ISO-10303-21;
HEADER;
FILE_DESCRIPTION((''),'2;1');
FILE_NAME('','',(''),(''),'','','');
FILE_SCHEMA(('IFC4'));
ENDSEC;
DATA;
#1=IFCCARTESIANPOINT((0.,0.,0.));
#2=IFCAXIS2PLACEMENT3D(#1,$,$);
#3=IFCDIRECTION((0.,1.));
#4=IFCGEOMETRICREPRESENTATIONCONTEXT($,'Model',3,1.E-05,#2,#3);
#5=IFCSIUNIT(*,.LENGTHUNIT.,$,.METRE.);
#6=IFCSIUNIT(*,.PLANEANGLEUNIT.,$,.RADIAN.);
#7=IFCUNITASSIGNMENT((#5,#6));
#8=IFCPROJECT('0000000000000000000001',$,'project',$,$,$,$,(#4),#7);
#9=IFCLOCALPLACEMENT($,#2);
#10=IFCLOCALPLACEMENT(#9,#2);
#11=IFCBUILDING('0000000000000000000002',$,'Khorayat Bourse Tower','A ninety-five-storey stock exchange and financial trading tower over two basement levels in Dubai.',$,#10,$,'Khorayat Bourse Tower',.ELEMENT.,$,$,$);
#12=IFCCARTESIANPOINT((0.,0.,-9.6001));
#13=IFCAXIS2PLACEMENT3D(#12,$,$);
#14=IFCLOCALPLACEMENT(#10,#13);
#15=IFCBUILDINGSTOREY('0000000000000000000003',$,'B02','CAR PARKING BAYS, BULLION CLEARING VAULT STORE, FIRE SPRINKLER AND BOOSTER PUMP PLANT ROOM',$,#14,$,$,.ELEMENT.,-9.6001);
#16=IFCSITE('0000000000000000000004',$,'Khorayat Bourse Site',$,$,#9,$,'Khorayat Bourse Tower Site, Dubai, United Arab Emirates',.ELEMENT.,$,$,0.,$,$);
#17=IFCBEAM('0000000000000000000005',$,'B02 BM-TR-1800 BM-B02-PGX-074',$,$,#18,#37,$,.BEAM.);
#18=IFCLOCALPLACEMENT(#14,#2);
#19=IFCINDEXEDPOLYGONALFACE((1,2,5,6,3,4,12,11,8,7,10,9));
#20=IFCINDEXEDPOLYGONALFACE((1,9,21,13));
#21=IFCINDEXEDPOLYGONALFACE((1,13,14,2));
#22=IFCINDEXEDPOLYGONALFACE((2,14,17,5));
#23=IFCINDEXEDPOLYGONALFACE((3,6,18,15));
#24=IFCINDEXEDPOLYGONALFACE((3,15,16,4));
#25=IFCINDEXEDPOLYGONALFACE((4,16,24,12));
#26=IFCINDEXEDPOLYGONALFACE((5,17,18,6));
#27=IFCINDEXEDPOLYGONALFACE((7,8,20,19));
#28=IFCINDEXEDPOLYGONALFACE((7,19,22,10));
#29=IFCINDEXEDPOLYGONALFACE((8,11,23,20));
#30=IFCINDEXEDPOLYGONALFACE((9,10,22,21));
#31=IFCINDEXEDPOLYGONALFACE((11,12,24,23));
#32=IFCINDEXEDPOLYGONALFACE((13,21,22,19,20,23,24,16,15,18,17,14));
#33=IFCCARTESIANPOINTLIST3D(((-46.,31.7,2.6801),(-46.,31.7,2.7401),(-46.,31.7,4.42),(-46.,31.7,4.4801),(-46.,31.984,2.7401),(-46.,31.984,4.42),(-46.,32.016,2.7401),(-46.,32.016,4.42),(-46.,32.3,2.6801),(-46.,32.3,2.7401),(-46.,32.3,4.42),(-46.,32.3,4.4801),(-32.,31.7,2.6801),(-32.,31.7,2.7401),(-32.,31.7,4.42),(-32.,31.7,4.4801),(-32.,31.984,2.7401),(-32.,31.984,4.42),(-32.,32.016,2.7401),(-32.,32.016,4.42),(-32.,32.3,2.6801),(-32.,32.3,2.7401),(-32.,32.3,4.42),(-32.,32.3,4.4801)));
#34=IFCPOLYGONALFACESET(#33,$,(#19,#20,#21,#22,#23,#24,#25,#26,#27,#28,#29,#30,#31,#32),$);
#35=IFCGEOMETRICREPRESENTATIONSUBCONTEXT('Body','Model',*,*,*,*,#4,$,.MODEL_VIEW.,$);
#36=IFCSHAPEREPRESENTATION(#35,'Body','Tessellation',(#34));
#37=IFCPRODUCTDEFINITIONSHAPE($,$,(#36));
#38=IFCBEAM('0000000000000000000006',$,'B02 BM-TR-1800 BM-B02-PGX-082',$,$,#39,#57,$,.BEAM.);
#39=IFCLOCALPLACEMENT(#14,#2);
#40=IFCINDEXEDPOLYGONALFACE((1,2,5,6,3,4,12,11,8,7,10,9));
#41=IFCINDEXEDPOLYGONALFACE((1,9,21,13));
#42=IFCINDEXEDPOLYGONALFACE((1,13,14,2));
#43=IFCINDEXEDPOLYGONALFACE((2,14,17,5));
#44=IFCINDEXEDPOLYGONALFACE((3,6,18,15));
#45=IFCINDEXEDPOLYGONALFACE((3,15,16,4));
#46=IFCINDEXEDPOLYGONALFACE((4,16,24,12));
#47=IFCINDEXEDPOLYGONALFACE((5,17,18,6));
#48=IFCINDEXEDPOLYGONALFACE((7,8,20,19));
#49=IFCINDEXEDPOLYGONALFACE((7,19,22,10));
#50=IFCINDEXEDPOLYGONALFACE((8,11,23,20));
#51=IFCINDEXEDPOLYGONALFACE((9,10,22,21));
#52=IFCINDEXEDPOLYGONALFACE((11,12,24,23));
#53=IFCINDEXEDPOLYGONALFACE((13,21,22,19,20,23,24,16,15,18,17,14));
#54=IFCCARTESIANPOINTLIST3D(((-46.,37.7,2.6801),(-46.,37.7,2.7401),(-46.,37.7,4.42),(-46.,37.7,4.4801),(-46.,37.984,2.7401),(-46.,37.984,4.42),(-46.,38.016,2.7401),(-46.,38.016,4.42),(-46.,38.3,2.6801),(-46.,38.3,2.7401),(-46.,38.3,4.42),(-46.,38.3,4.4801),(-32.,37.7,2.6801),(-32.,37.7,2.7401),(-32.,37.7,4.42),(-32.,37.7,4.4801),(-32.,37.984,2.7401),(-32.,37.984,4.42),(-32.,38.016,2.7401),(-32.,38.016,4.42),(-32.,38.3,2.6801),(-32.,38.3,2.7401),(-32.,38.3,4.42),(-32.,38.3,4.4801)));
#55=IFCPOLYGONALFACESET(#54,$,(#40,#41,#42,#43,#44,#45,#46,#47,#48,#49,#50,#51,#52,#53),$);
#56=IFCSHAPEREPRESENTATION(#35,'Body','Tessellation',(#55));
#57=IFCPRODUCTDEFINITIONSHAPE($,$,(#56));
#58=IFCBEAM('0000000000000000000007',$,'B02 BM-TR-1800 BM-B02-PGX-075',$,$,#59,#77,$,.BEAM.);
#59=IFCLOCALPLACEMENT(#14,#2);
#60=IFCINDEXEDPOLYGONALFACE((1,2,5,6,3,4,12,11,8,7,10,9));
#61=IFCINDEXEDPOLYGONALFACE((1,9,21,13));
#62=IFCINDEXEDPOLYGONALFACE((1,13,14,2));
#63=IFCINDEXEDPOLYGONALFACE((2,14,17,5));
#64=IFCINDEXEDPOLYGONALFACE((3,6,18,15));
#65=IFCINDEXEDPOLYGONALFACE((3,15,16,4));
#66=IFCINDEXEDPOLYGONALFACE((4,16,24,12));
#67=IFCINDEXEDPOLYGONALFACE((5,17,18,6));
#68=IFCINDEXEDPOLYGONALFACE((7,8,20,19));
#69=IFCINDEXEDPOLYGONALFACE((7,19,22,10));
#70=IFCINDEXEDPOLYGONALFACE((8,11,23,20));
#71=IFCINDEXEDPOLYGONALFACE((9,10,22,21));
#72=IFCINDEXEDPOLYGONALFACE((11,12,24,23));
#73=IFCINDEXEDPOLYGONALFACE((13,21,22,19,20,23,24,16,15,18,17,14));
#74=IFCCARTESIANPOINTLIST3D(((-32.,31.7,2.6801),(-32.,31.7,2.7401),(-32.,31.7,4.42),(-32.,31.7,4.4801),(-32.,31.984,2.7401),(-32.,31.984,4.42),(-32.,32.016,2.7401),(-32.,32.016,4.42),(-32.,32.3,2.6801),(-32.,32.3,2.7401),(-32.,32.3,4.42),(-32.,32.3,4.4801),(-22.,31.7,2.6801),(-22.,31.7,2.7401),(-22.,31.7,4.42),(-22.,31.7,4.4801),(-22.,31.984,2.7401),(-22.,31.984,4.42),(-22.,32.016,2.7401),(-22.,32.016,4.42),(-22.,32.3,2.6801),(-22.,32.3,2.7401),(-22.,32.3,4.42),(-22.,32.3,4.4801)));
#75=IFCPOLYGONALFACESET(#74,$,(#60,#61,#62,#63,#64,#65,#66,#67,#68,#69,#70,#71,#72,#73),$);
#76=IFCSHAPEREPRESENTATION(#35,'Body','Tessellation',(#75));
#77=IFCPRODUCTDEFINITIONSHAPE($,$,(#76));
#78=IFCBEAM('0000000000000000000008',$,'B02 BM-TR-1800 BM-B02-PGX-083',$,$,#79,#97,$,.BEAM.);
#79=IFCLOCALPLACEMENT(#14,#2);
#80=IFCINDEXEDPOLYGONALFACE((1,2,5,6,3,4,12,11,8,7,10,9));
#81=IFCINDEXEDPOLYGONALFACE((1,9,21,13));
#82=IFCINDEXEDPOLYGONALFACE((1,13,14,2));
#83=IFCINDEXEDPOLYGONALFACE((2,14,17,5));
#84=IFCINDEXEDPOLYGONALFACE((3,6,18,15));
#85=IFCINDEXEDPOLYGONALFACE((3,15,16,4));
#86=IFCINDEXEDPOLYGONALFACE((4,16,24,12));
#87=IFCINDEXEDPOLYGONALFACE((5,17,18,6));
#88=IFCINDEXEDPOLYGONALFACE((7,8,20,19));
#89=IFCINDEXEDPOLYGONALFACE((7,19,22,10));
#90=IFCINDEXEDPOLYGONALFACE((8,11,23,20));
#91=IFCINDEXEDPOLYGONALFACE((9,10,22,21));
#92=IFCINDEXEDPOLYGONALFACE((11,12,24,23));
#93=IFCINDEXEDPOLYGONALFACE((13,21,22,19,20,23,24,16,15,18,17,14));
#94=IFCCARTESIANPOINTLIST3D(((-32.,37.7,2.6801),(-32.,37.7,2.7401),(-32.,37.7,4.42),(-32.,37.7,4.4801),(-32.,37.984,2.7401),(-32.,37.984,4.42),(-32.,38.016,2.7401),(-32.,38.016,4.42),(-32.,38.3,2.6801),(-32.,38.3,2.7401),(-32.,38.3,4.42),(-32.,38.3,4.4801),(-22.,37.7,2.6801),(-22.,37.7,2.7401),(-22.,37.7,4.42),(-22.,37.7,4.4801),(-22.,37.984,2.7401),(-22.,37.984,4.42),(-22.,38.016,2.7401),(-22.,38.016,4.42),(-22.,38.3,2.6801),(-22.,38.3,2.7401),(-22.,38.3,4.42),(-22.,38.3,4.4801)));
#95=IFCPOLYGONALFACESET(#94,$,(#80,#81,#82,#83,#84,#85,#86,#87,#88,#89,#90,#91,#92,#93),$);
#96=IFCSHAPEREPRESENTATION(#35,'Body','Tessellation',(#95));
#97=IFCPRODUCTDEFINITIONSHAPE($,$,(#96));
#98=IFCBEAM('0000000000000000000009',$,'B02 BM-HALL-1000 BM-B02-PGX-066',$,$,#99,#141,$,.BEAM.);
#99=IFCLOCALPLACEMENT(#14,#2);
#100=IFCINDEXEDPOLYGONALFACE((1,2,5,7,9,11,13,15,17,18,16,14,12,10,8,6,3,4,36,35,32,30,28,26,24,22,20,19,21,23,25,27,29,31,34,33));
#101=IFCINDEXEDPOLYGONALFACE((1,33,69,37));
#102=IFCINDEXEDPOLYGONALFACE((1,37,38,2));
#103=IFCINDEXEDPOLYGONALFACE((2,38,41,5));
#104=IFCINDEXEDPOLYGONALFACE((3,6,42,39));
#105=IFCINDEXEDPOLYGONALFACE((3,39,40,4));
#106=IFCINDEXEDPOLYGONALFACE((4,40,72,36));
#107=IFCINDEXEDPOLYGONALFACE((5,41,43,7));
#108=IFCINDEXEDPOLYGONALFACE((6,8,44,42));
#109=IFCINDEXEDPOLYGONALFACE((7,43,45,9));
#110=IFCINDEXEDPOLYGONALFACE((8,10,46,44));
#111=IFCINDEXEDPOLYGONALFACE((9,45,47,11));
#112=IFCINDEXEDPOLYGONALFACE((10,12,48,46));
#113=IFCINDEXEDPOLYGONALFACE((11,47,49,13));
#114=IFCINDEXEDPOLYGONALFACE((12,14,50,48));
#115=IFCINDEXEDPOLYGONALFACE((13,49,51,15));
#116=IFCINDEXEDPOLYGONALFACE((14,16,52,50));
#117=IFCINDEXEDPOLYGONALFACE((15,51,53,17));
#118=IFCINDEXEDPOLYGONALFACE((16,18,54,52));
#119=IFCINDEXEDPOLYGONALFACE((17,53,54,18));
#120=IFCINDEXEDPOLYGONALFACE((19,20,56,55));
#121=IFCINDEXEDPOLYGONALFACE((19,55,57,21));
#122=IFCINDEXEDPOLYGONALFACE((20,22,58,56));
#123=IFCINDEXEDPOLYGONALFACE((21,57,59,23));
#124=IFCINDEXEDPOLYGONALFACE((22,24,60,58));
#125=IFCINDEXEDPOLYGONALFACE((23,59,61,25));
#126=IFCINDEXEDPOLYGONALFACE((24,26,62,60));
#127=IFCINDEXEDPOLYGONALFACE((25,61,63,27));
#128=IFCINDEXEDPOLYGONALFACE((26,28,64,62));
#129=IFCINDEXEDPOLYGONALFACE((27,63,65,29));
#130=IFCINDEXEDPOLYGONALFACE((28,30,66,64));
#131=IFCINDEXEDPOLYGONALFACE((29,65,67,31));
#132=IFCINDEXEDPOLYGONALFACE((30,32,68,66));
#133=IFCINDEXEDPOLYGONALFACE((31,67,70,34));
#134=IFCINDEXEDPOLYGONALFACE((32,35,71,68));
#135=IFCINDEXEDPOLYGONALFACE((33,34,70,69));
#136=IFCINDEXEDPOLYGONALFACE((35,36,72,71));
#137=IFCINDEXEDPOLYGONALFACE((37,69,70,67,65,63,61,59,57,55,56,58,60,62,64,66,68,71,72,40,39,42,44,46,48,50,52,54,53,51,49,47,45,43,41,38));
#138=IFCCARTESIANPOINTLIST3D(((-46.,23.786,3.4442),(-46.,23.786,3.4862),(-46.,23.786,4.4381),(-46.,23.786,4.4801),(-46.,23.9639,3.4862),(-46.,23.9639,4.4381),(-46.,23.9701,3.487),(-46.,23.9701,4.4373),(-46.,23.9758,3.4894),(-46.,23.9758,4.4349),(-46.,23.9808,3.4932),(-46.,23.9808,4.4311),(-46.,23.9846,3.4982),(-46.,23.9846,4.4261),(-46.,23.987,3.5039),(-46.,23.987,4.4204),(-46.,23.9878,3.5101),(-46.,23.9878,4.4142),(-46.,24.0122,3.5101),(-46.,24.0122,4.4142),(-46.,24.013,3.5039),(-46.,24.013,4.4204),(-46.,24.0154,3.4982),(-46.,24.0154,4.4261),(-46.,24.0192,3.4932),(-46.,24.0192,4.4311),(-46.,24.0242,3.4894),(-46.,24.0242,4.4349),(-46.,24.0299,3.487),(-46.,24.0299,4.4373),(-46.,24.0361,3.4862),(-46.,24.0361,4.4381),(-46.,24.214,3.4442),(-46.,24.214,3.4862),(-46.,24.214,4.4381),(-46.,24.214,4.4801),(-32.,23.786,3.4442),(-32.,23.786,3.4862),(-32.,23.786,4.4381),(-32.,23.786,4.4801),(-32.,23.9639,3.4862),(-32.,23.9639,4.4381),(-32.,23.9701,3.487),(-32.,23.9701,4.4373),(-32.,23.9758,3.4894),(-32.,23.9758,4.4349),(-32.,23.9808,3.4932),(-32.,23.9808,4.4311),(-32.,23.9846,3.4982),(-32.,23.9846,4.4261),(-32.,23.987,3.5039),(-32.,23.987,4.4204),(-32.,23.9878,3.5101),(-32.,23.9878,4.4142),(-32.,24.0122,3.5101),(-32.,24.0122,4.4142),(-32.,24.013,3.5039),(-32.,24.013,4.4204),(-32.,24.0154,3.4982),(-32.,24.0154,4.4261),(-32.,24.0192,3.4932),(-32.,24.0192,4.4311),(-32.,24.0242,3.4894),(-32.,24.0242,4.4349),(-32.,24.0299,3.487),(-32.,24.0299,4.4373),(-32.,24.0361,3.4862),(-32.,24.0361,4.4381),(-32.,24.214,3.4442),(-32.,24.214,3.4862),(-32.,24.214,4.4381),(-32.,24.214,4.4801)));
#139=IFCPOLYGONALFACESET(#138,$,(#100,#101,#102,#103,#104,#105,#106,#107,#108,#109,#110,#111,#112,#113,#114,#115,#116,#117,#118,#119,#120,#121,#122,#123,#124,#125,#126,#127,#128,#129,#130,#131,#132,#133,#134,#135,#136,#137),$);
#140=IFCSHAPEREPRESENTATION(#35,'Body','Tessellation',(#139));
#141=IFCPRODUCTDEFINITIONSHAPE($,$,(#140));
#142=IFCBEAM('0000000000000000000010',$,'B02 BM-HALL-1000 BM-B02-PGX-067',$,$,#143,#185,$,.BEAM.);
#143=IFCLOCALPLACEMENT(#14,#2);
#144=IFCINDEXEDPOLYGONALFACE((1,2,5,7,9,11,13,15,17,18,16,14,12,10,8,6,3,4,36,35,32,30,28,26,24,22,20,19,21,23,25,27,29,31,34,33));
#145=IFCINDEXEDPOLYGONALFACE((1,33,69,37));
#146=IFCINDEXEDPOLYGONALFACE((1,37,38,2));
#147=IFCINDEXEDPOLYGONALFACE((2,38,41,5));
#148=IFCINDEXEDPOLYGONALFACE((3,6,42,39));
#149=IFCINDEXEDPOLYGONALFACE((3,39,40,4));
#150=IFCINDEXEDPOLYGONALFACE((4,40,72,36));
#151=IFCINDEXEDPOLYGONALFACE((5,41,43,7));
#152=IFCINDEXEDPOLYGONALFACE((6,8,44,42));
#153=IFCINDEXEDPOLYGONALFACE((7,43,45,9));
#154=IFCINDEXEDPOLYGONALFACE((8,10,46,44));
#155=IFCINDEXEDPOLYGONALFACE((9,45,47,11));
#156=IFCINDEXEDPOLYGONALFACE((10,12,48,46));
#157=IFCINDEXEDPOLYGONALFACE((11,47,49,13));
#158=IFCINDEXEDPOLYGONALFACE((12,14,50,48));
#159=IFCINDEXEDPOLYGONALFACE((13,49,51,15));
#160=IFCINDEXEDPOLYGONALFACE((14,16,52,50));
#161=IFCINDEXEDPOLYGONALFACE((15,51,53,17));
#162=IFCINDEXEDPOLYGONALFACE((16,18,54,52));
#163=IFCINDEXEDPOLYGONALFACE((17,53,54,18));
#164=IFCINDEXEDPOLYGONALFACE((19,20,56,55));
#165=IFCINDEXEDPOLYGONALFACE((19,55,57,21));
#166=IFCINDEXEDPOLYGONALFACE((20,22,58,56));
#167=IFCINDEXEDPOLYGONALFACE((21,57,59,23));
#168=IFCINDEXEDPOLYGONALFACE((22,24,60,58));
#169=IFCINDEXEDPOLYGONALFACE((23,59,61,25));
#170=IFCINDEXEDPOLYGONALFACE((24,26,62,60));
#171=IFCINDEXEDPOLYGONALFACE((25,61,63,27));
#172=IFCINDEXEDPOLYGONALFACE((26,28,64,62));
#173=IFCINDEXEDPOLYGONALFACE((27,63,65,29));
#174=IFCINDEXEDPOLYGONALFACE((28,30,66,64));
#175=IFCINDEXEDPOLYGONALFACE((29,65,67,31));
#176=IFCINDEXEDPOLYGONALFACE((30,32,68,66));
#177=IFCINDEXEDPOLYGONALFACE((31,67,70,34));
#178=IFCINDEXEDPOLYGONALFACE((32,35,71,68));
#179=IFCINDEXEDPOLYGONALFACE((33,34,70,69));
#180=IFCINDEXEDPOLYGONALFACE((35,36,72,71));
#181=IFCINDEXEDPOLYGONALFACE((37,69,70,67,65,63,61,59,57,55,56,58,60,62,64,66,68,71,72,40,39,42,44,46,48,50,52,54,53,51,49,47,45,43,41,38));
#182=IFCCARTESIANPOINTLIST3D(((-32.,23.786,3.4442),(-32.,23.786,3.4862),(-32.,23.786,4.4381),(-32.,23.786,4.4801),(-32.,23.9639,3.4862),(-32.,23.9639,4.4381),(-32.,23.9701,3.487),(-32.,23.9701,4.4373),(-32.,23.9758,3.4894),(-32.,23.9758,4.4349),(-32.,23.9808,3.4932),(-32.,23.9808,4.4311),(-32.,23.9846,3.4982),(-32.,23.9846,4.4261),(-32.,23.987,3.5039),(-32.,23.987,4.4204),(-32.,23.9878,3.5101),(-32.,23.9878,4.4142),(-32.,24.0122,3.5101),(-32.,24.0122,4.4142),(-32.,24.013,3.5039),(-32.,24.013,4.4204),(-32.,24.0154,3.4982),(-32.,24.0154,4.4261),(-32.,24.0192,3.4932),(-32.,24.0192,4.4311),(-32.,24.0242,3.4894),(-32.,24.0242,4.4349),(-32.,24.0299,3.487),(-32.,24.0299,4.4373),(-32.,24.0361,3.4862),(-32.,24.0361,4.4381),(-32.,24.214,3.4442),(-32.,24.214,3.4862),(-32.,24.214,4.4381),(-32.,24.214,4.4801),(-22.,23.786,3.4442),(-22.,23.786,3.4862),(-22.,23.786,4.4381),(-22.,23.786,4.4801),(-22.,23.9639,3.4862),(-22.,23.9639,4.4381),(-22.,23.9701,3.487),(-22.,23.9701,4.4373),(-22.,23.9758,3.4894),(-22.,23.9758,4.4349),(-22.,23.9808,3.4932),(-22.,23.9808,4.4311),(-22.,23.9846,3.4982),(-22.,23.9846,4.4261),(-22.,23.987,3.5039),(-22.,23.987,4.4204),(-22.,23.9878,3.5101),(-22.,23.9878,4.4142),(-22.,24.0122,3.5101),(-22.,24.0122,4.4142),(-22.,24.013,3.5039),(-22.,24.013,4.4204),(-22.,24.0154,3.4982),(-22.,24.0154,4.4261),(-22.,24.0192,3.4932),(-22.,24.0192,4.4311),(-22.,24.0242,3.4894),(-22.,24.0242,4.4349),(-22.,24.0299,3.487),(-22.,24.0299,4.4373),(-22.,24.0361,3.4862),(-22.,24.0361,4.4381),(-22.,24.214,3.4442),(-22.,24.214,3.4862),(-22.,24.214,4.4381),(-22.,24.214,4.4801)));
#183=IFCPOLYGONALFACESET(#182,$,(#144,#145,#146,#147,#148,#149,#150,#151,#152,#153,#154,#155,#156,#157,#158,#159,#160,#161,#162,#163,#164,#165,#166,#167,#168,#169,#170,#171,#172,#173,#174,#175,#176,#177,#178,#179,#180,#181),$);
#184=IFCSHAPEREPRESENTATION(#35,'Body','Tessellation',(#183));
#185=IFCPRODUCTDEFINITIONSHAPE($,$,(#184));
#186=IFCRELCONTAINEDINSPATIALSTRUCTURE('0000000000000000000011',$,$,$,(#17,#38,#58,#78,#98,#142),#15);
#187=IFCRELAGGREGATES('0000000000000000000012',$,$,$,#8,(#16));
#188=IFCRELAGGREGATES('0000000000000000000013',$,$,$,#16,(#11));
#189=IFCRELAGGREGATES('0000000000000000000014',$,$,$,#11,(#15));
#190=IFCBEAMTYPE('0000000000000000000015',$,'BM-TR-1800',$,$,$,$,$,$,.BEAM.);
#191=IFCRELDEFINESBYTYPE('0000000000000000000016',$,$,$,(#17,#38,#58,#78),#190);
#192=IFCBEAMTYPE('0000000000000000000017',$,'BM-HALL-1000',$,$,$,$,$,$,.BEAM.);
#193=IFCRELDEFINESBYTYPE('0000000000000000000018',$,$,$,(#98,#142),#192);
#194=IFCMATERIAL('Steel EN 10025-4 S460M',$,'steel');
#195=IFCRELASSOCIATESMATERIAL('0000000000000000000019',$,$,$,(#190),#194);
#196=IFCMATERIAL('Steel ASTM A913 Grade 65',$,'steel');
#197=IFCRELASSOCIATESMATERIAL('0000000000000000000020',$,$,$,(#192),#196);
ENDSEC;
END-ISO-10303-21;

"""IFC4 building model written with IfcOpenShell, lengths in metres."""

from ifc_helpers import new_model, si_unit, direction, frame, origin, origin_2d, place, context, subcontext, project, spatial, i_section, extrude, source, transform, mapped, material, material_profile, profile_set, type_object, element, save


model = new_model("IFC4")

# Units and contexts
model_context = context("Model", 3, precision=1e-05, world=origin(), true_north=direction((0.0, 1.0)))
body_context = subcontext(model_context, "Body", "Model", "MODEL_VIEW")
ifc_project = project(units=[si_unit("LENGTHUNIT", "METRE"), si_unit("PLANEANGLEUNIT", "RADIAN")], contexts=[model_context])

# Site, building, storey
site_placement = place(None, origin())
site = spatial("IfcSite", under=ifc_project, at=site_placement, Name="Khorayat Bourse Site", LongName="Khorayat Bourse Tower Site, Dubai, United Arab Emirates", CompositionType="ELEMENT", RefElevation=0.0)
building_placement = place(site_placement, origin())
building = spatial("IfcBuilding", under=site, at=building_placement, Name="Khorayat Bourse Tower", Description="A ninety-five-storey stock exchange and financial trading tower over two basement levels in Dubai.", LongName="Khorayat Bourse Tower", CompositionType="ELEMENT")
storey_placement = place(building_placement, frame((0.0, 0.0, -9.6001)))
storey = spatial("IfcBuildingStorey", under=building, at=storey_placement, Name="B02", Description="CAR PARKING BAYS, BULLION CLEARING VAULT STORE, FIRE SPRINKLER AND BOOSTER PUMP PLANT ROOM", CompositionType="ELEMENT", Elevation=-9.6001)

# Beams
ifc_material_1 = material(Name="Steel EN 10025-4 S460M", Category="steel")
ifc_material_profile_1 = material_profile(ifc_material_1, i_section(OverallWidth=0.6001, OverallDepth=1.8, WebThickness=0.032, FlangeThickness=0.0601, at=origin_2d()), Name="PG 1800x600x32x60")
ifc_profile_set_1 = profile_set([ifc_material_profile_1], Name="Steel EN 10025-4 S460M")
beam_type_1 = type_object("IfcBeamType", Name="BM-TR-1800", PredefinedType="BEAM", material=ifc_profile_set_1)
shared_shape_1 = source(origin(), body_context, "Body", "SweptSolid", [
    extrude(i_section(OverallWidth=0.6001, OverallDepth=1.8, WebThickness=0.032, FlangeThickness=0.0601, at=origin_2d()), origin(), (0.0, 0.0, 1.0), 14.0),
])
for number, where, z_axis, x_axis, name in (
    (1, (-46.0, 32.0, 3.5801), (1.0, 0.0, 0.0), (0.0, 1.0, 0.0), "B02 BM-TR-1800 BM-B02-PGX-074"),
    (2, (-46.0, 38.0, 3.5801), (1.0, 0.0, 0.0), (0.0, 1.0, 0.0), "B02 BM-TR-1800 BM-B02-PGX-082"),
):
    element("IfcBeam", number, at=place(storey_placement, frame(where, z_axis=z_axis, x_axis=x_axis)), inside=storey, type_object=beam_type_1, Name=name, PredefinedType="BEAM", context=body_context, shape_type="MappedRepresentation", body=[
        mapped(shared_shape_1, transform((0.0, 0.0, 0.0), scale=1.0)),
    ])
shared_shape_2 = source(origin(), body_context, "Body", "SweptSolid", [
    extrude(i_section(OverallWidth=0.6001, OverallDepth=1.8, WebThickness=0.032, FlangeThickness=0.0601, at=origin_2d()), origin(), (0.0, 0.0, 1.0), 10.0),
])
for number, where, z_axis, x_axis, name in (
    (3, (-32.0, 32.0, 3.5801), (1.0, 0.0, 0.0), (0.0, 1.0, 0.0), "B02 BM-TR-1800 BM-B02-PGX-075"),
    (4, (-32.0, 38.0, 3.5801), (1.0, 0.0, 0.0), (0.0, 1.0, 0.0), "B02 BM-TR-1800 BM-B02-PGX-083"),
):
    element("IfcBeam", number, at=place(storey_placement, frame(where, z_axis=z_axis, x_axis=x_axis)), inside=storey, type_object=beam_type_1, Name=name, PredefinedType="BEAM", context=body_context, shape_type="MappedRepresentation", body=[
        mapped(shared_shape_2, transform((0.0, 0.0, 0.0), scale=1.0)),
    ])
ifc_material_2 = material(Name="Steel ASTM A913 Grade 65", Category="steel")
ifc_material_profile_2 = material_profile(ifc_material_2, i_section(OverallWidth=0.428, OverallDepth=1.0359, WebThickness=0.0244, FlangeThickness=0.042, FilletRadius=0.0239, at=origin_2d()), Name="W1000X443")
ifc_profile_set_2 = profile_set([ifc_material_profile_2], Name="Steel ASTM A913 Grade 65")
beam_type_2 = type_object("IfcBeamType", Name="BM-HALL-1000", PredefinedType="BEAM", material=ifc_profile_set_2)
shared_shape_3 = source(origin(), body_context, "Body", "SweptSolid", [
    extrude(i_section(OverallWidth=0.428, OverallDepth=1.0359, WebThickness=0.0244, FlangeThickness=0.042, FilletRadius=0.0239, at=origin_2d()), origin(), (0.0, 0.0, 1.0), 14.0),
])
beam_1_placement = place(storey_placement, frame((-46.0, 24.0, 3.9622), z_axis=(1.0, 0.0, 0.0), x_axis=(0.0, 1.0, 0.0)))
element("IfcBeam", 5, at=beam_1_placement, inside=storey, type_object=beam_type_2, Name="B02 BM-HALL-1000 BM-B02-PGX-066", PredefinedType="BEAM", context=body_context, shape_type="MappedRepresentation", body=[
    mapped(shared_shape_3, transform((0.0, 0.0, 0.0), scale=1.0)),
])
shared_shape_4 = source(origin(), body_context, "Body", "SweptSolid", [
    extrude(i_section(OverallWidth=0.428, OverallDepth=1.0359, WebThickness=0.0244, FlangeThickness=0.042, FilletRadius=0.0239, at=origin_2d()), origin(), (0.0, 0.0, 1.0), 10.0),
])
beam_2_placement = place(storey_placement, frame((-32.0, 24.0, 3.9622), z_axis=(1.0, 0.0, 0.0), x_axis=(0.0, 1.0, 0.0)))
element("IfcBeam", 6, at=beam_2_placement, inside=storey, type_object=beam_type_2, Name="B02 BM-HALL-1000 BM-B02-PGX-067", PredefinedType="BEAM", context=body_context, shape_type="MappedRepresentation", body=[
    mapped(shared_shape_4, transform((0.0, 0.0, 0.0), scale=1.0)),
])

save(model, "model.ifc")
